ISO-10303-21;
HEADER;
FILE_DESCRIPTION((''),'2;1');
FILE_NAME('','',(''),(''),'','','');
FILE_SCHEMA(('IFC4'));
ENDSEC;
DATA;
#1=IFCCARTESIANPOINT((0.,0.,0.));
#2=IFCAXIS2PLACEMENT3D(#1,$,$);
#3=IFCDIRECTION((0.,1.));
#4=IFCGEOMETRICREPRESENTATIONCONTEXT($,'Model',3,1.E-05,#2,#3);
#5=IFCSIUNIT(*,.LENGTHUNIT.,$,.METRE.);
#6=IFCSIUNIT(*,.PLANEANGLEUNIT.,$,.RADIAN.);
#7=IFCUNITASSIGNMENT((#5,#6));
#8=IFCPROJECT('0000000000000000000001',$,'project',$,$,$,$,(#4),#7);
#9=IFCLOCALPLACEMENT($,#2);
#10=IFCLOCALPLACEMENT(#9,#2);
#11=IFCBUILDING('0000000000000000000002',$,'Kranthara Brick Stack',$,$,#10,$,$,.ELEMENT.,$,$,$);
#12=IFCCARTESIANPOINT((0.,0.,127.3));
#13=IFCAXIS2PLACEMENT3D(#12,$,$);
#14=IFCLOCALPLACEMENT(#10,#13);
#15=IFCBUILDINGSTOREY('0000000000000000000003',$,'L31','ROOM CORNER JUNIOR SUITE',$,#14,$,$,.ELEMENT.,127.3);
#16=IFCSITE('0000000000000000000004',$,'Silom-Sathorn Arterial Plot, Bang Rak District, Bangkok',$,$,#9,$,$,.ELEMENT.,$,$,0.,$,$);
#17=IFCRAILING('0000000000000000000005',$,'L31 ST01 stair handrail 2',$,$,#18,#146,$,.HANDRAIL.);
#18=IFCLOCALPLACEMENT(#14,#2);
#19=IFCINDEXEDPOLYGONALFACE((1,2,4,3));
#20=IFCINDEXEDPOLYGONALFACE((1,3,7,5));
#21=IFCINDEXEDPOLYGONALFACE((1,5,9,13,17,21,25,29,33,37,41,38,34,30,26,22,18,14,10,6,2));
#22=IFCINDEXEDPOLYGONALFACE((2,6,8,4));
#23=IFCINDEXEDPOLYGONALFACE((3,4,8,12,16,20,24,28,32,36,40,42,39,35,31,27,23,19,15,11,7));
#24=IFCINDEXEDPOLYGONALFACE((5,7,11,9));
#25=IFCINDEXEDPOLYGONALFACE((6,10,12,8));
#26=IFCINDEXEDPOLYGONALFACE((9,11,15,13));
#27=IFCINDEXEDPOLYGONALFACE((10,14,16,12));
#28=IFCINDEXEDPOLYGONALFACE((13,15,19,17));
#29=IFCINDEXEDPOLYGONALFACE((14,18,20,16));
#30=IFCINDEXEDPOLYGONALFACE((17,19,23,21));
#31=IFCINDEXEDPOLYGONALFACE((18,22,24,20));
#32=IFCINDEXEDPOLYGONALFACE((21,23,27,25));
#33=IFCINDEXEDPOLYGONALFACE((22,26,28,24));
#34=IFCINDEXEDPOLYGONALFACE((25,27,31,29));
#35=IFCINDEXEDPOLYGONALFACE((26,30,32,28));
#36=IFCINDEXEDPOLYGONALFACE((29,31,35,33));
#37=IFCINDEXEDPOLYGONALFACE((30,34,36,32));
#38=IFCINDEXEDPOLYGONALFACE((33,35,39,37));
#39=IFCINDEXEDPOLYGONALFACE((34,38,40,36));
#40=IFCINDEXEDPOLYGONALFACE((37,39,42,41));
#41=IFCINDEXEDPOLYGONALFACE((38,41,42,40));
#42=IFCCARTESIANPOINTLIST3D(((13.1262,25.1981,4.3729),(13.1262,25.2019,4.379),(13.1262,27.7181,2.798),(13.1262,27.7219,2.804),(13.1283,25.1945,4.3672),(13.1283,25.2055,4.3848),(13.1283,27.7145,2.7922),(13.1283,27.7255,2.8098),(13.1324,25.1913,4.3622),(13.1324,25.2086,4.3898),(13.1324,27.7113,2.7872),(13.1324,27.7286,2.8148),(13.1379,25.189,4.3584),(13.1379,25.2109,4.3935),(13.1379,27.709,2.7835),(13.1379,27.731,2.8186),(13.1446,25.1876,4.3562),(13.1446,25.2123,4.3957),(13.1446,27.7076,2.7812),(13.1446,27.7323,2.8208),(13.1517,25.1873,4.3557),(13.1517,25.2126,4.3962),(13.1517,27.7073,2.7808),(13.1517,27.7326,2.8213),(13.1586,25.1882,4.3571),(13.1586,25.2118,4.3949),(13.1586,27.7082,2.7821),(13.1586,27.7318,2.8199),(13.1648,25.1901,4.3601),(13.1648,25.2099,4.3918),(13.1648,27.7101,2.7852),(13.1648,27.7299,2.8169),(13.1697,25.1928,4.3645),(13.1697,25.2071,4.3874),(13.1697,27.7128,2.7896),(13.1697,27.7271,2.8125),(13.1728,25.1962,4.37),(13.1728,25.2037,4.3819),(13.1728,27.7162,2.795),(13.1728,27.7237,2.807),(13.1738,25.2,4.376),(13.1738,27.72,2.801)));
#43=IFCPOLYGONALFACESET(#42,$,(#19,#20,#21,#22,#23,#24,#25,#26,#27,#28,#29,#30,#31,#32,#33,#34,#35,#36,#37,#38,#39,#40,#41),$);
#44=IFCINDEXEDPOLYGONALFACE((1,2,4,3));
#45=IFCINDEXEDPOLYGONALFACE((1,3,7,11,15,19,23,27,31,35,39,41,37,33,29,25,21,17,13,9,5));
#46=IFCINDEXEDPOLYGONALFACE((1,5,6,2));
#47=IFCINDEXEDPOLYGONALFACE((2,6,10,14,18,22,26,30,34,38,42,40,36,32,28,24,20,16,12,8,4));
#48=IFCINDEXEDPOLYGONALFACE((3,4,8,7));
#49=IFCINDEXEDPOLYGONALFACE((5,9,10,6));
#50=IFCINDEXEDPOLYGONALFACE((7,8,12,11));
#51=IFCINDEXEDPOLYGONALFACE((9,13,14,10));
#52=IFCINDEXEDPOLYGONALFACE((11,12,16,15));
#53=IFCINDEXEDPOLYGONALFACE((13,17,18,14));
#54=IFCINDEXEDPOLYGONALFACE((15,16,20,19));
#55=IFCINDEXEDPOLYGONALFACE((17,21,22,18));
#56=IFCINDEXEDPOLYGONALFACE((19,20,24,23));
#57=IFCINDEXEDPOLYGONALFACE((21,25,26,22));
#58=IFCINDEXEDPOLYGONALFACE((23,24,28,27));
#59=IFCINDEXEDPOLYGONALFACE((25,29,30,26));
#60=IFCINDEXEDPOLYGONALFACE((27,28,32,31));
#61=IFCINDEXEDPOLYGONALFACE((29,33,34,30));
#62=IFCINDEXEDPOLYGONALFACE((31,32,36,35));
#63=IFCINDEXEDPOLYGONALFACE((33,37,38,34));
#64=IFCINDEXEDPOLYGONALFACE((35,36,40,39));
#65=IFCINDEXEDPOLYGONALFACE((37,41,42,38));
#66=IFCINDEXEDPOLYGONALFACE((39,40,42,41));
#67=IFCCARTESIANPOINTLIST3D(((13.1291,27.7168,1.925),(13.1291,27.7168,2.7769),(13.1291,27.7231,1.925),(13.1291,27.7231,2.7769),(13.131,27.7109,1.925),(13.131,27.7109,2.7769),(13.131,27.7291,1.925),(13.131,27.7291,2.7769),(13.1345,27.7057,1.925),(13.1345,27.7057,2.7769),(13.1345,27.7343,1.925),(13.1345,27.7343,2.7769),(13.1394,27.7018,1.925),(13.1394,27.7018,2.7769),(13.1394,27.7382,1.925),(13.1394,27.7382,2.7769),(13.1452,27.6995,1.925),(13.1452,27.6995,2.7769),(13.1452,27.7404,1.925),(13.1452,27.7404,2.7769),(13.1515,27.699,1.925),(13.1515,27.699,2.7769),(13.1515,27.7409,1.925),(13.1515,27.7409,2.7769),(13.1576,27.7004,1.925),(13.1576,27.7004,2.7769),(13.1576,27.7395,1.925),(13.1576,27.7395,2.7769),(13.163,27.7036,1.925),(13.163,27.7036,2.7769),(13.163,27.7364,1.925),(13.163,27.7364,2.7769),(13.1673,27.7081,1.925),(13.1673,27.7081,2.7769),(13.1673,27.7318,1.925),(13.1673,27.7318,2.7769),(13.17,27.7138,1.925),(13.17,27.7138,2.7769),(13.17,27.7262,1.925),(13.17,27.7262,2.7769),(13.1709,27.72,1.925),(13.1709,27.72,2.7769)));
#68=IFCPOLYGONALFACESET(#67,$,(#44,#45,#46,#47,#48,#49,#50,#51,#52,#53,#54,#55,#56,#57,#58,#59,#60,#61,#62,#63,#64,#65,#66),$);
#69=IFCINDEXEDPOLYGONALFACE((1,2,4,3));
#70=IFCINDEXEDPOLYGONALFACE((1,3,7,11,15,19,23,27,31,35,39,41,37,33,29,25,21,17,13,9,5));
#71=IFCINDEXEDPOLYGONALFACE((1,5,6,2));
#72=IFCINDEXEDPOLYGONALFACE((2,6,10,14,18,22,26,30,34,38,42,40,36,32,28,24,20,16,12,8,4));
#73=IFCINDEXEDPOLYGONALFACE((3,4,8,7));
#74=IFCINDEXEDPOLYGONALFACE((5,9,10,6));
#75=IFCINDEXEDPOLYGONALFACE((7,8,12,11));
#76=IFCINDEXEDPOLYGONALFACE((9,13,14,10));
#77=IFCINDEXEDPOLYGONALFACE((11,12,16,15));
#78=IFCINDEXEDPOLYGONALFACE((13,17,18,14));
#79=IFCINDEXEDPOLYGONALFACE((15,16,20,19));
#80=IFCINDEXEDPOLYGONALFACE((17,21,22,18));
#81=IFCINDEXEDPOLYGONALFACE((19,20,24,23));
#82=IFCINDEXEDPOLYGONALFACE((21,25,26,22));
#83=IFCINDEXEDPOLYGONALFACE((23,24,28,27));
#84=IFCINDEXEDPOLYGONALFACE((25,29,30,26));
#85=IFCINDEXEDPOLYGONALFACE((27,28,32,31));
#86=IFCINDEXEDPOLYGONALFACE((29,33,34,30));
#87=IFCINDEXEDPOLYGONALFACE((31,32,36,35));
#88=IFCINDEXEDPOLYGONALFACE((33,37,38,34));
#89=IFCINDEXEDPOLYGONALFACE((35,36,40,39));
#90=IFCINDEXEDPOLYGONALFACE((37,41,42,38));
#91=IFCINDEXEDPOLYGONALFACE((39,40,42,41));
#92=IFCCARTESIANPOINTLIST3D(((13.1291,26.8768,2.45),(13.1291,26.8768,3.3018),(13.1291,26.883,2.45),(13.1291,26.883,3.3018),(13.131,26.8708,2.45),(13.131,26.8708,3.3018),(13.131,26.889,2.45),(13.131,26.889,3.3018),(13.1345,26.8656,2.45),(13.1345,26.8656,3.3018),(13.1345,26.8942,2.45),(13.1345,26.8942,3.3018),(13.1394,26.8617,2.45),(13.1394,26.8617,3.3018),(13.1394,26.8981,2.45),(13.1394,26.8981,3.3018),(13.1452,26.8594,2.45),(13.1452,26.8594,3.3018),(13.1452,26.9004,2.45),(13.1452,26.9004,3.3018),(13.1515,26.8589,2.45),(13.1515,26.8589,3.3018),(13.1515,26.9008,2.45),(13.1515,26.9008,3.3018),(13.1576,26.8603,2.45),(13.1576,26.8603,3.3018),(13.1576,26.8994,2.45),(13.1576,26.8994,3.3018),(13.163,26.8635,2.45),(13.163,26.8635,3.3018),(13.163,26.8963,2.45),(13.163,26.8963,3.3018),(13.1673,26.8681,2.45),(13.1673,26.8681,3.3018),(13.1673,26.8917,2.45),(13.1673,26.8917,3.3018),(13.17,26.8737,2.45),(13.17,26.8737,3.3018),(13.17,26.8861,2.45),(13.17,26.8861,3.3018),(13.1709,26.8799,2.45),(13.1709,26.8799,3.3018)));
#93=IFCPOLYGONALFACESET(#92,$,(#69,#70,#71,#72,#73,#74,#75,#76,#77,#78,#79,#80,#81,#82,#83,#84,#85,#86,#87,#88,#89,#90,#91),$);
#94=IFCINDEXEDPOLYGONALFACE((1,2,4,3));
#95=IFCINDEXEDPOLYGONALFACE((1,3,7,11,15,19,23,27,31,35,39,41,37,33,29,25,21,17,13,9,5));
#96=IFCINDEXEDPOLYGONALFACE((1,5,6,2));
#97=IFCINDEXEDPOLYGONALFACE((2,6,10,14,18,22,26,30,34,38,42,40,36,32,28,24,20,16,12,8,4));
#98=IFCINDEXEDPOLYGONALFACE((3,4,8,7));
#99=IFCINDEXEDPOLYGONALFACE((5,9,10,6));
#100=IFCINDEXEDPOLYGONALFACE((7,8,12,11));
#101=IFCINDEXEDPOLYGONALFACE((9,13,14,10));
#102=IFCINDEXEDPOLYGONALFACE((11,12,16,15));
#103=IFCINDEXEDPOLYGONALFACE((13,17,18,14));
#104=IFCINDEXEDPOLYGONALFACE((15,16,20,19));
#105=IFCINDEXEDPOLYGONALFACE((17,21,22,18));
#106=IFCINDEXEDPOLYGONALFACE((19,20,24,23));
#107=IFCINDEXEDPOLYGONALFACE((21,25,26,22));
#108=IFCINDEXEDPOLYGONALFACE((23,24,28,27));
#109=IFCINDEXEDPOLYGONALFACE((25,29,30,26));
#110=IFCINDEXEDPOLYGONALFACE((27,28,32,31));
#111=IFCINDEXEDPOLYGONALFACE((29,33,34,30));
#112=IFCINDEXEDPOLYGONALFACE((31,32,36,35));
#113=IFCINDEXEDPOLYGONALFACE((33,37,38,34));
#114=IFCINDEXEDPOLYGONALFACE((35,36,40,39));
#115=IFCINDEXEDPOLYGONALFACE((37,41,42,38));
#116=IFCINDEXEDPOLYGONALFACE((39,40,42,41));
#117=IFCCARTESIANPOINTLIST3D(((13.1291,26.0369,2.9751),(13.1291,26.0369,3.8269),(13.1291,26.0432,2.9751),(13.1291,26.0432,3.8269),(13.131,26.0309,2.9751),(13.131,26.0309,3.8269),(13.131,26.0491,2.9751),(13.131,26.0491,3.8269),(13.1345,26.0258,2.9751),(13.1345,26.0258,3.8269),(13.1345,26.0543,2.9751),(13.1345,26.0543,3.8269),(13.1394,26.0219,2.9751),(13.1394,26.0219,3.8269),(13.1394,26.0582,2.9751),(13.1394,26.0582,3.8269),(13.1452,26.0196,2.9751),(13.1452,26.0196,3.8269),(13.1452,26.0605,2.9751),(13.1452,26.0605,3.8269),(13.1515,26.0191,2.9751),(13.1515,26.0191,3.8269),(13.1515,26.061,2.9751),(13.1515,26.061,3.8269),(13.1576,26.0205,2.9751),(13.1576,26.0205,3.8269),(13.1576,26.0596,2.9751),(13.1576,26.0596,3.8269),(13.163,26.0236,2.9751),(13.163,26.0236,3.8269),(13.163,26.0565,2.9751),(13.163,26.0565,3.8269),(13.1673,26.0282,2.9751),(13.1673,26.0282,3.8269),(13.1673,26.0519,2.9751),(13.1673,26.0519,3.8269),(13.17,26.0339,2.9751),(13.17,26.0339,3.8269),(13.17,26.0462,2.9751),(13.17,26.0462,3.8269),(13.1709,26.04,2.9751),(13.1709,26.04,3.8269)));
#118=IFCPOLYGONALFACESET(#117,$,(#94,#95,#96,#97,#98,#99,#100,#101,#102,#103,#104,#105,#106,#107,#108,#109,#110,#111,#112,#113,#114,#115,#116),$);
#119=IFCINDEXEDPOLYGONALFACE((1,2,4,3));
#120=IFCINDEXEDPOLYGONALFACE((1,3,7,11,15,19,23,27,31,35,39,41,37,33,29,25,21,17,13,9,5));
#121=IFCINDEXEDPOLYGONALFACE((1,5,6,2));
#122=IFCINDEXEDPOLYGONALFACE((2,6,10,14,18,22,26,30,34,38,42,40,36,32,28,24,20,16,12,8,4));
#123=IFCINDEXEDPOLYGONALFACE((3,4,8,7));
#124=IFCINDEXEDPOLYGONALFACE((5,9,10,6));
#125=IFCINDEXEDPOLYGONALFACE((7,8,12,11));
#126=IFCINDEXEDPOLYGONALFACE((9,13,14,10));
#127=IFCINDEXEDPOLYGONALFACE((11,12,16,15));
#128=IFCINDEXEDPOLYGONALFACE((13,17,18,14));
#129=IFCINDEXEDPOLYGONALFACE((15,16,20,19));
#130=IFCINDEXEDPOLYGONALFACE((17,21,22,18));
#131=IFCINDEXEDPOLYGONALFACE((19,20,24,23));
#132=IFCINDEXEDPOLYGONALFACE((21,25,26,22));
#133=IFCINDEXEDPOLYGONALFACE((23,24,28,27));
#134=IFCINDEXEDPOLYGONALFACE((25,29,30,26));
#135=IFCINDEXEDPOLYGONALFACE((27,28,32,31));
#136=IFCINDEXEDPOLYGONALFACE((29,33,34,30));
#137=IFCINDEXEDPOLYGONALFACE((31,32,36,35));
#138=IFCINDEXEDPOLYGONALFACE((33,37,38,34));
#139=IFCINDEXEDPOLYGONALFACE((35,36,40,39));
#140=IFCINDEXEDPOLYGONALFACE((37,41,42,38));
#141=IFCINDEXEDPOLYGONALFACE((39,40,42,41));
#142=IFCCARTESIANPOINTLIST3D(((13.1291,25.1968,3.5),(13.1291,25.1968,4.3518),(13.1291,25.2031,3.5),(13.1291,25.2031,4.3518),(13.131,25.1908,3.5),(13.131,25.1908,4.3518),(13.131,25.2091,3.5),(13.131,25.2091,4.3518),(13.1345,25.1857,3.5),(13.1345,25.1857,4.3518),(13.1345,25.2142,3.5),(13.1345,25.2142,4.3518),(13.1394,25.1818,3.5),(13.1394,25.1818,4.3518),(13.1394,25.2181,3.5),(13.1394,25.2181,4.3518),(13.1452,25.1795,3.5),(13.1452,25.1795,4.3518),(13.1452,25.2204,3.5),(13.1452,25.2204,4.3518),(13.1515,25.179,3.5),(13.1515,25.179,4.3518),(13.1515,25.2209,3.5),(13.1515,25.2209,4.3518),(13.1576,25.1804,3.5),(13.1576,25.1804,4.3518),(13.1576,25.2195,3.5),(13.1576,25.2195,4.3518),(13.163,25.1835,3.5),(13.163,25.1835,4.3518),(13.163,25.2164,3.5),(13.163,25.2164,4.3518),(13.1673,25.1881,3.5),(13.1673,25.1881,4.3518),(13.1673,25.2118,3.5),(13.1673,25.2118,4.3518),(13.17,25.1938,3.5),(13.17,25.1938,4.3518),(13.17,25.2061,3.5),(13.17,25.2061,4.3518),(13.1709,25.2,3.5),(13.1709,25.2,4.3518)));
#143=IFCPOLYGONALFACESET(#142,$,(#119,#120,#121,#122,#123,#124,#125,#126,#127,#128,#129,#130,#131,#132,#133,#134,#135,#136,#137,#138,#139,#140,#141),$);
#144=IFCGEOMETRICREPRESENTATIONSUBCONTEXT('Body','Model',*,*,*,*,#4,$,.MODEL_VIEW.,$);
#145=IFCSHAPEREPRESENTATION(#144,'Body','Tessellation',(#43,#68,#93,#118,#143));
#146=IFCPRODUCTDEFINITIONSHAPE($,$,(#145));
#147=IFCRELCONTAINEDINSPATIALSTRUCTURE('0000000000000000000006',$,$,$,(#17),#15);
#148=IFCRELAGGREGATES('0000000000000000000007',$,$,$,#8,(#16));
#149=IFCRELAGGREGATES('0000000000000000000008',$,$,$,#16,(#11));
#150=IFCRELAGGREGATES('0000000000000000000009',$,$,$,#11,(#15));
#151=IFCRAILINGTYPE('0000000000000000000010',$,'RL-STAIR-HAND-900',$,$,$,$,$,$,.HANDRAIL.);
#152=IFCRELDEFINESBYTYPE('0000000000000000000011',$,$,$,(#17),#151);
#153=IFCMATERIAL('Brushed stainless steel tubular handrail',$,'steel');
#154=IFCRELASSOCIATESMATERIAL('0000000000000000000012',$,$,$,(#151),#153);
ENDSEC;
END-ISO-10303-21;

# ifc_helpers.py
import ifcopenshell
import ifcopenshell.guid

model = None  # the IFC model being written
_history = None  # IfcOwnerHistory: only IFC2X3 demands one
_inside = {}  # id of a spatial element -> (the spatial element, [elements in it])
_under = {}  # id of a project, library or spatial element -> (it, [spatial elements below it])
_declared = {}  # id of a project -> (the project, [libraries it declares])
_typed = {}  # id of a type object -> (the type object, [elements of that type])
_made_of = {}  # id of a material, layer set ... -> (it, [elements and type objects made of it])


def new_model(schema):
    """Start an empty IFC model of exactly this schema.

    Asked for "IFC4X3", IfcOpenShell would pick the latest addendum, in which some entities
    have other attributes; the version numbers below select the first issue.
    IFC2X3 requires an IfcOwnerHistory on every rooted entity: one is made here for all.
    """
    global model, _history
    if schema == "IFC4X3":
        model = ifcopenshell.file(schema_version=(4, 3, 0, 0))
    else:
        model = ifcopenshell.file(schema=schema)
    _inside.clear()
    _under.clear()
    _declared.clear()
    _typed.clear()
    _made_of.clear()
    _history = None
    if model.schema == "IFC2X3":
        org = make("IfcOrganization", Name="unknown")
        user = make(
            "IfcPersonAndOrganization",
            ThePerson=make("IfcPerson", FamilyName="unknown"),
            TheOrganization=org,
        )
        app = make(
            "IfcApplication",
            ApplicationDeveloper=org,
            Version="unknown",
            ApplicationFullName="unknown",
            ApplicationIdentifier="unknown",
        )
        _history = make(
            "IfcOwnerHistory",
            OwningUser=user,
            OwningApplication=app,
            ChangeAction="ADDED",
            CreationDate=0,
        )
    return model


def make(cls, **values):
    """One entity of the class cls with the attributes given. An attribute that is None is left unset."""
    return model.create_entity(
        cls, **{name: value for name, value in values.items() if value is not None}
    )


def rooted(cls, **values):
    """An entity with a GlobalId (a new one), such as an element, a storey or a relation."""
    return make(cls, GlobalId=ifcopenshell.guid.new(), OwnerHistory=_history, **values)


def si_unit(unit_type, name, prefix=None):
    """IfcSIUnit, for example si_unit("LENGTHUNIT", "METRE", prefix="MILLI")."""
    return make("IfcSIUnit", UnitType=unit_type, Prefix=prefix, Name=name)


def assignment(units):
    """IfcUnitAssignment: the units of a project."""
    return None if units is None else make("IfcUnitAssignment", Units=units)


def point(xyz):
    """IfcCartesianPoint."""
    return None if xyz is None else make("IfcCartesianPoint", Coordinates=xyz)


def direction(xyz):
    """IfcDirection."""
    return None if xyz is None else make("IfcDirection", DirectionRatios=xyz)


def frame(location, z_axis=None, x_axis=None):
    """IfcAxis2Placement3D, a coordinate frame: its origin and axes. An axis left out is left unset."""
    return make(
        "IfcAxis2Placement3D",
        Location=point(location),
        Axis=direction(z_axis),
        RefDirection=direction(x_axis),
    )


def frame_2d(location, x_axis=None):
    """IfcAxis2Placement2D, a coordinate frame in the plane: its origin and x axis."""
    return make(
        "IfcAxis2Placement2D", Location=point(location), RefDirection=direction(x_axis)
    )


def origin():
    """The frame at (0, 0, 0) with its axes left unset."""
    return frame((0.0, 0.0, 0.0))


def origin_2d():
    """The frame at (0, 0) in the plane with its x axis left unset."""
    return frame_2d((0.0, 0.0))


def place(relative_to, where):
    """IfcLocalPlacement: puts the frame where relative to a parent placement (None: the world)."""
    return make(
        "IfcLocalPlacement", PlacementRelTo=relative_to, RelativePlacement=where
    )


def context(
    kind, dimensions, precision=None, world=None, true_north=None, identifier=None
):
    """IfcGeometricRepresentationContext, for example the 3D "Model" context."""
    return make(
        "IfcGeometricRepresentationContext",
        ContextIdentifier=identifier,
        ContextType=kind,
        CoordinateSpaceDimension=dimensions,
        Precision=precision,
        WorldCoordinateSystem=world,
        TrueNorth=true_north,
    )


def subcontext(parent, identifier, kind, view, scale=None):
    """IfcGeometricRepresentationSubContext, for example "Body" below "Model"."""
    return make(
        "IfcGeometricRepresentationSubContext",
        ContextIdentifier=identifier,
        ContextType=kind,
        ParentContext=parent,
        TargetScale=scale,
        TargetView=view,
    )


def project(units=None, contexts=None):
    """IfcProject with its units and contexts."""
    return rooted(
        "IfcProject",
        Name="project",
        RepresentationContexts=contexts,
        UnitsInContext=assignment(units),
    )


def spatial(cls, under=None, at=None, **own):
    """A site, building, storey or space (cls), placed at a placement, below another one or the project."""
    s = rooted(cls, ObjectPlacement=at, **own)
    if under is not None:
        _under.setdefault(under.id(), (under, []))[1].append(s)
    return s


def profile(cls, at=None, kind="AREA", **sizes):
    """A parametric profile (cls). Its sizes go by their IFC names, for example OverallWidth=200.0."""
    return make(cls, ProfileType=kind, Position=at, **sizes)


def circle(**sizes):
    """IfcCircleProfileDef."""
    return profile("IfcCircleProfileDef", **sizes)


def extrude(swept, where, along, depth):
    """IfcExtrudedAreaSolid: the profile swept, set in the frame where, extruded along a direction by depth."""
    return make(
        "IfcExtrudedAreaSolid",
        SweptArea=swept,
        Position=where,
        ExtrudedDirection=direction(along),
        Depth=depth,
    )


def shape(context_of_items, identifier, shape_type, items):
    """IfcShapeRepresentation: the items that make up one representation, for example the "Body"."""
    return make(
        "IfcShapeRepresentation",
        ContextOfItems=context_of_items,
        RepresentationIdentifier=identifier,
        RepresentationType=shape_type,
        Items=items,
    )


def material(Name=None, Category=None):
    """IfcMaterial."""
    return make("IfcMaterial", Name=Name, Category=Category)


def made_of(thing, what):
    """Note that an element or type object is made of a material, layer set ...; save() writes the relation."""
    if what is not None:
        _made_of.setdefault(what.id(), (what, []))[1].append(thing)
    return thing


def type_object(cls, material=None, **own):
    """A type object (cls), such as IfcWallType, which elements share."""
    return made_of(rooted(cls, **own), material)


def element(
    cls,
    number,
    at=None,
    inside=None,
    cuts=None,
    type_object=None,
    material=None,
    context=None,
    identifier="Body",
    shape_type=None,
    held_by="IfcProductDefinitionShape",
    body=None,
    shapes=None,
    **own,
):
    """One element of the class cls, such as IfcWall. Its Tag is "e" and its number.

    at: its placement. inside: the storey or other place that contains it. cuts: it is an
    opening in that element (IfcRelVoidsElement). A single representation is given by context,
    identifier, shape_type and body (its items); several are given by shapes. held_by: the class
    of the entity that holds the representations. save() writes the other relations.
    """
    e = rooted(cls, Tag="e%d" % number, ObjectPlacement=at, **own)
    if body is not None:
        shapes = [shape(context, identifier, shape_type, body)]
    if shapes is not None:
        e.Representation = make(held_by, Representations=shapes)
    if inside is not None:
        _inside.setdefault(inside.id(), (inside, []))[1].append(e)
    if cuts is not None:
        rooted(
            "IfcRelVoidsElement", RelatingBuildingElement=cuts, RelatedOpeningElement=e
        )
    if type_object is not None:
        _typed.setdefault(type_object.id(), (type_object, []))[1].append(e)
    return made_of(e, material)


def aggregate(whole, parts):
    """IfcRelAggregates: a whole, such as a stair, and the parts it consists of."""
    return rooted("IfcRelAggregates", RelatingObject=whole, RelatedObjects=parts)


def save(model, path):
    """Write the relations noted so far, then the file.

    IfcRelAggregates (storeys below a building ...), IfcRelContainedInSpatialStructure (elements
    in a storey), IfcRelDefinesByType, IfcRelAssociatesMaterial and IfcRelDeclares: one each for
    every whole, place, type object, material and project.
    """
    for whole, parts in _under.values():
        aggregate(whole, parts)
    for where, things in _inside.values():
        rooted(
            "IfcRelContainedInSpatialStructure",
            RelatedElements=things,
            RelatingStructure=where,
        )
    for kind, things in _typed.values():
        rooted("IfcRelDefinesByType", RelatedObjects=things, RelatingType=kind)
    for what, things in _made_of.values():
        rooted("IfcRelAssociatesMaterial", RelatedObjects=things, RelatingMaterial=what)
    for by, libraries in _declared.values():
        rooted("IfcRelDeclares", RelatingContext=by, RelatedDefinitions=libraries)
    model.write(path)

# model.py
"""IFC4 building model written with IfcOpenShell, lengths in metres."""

from ifc_helpers import new_model, si_unit, direction, frame, origin, origin_2d, place, context, subcontext, project, spatial, circle, extrude, material, type_object, element, save


model = new_model("IFC4")

# Units and contexts
model_context = context("Model", 3, precision=1e-05, world=origin(), true_north=direction((0.0, 1.0)))
body_context = subcontext(model_context, "Body", "Model", "MODEL_VIEW")
ifc_project = project(units=[si_unit("LENGTHUNIT", "METRE"), si_unit("PLANEANGLEUNIT", "RADIAN")], contexts=[model_context])

# Site, building, storey
site_placement = place(None, origin())
site = spatial("IfcSite", under=ifc_project, at=site_placement, Name="Silom-Sathorn Arterial Plot, Bang Rak District, Bangkok", CompositionType="ELEMENT", RefElevation=0.0)
building_placement = place(site_placement, origin())
building = spatial("IfcBuilding", under=site, at=building_placement, Name="Kranthara Brick Stack", CompositionType="ELEMENT")
storey_placement = place(building_placement, frame((0.0, 0.0, 127.3)))
storey = spatial("IfcBuildingStorey", under=building, at=storey_placement, Name="L31", Description="ROOM CORNER JUNIOR SUITE", CompositionType="ELEMENT", Elevation=127.3)

# Railing
ifc_material_1 = material(Name="Brushed stainless steel tubular handrail", Category="steel")
railing_type_1 = type_object("IfcRailingType", Name="RL-STAIR-HAND-900", PredefinedType="HANDRAIL", material=ifc_material_1)
railing_1_placement = place(storey_placement, frame((13.1499, 27.72, 1.925)))
element("IfcRailing", 1, at=railing_1_placement, inside=storey, type_object=railing_type_1, Name="L31 ST01 stair handrail 2", PredefinedType="HANDRAIL", context=body_context, shape_type="SweptSolid", body=[
    extrude(circle(Radius=0.0239, at=origin_2d()), frame((0.0, 0.0, 0.876), z_axis=(0.0, -0.848008, 0.529984), x_axis=(1.0, 0.0, 0.0)), (0.0, 0.0, 1.0), 2.9717),
    extrude(circle(Radius=0.021, at=origin_2d()), origin(), (0.0, 0.0, 1.0), 0.8518),
    extrude(circle(Radius=0.021, at=origin_2d()), frame((0.0, -0.8401, 0.5249)), (0.0, 0.0, 1.0), 0.8518),
    extrude(circle(Radius=0.021, at=origin_2d()), frame((0.0, -1.6799, 1.05)), (0.0, 0.0, 1.0), 0.8518),
    extrude(circle(Radius=0.021, at=origin_2d()), frame((0.0, -2.52, 1.575)), (0.0, 0.0, 1.0), 0.8518),
])

save(model, "model.ifc")
